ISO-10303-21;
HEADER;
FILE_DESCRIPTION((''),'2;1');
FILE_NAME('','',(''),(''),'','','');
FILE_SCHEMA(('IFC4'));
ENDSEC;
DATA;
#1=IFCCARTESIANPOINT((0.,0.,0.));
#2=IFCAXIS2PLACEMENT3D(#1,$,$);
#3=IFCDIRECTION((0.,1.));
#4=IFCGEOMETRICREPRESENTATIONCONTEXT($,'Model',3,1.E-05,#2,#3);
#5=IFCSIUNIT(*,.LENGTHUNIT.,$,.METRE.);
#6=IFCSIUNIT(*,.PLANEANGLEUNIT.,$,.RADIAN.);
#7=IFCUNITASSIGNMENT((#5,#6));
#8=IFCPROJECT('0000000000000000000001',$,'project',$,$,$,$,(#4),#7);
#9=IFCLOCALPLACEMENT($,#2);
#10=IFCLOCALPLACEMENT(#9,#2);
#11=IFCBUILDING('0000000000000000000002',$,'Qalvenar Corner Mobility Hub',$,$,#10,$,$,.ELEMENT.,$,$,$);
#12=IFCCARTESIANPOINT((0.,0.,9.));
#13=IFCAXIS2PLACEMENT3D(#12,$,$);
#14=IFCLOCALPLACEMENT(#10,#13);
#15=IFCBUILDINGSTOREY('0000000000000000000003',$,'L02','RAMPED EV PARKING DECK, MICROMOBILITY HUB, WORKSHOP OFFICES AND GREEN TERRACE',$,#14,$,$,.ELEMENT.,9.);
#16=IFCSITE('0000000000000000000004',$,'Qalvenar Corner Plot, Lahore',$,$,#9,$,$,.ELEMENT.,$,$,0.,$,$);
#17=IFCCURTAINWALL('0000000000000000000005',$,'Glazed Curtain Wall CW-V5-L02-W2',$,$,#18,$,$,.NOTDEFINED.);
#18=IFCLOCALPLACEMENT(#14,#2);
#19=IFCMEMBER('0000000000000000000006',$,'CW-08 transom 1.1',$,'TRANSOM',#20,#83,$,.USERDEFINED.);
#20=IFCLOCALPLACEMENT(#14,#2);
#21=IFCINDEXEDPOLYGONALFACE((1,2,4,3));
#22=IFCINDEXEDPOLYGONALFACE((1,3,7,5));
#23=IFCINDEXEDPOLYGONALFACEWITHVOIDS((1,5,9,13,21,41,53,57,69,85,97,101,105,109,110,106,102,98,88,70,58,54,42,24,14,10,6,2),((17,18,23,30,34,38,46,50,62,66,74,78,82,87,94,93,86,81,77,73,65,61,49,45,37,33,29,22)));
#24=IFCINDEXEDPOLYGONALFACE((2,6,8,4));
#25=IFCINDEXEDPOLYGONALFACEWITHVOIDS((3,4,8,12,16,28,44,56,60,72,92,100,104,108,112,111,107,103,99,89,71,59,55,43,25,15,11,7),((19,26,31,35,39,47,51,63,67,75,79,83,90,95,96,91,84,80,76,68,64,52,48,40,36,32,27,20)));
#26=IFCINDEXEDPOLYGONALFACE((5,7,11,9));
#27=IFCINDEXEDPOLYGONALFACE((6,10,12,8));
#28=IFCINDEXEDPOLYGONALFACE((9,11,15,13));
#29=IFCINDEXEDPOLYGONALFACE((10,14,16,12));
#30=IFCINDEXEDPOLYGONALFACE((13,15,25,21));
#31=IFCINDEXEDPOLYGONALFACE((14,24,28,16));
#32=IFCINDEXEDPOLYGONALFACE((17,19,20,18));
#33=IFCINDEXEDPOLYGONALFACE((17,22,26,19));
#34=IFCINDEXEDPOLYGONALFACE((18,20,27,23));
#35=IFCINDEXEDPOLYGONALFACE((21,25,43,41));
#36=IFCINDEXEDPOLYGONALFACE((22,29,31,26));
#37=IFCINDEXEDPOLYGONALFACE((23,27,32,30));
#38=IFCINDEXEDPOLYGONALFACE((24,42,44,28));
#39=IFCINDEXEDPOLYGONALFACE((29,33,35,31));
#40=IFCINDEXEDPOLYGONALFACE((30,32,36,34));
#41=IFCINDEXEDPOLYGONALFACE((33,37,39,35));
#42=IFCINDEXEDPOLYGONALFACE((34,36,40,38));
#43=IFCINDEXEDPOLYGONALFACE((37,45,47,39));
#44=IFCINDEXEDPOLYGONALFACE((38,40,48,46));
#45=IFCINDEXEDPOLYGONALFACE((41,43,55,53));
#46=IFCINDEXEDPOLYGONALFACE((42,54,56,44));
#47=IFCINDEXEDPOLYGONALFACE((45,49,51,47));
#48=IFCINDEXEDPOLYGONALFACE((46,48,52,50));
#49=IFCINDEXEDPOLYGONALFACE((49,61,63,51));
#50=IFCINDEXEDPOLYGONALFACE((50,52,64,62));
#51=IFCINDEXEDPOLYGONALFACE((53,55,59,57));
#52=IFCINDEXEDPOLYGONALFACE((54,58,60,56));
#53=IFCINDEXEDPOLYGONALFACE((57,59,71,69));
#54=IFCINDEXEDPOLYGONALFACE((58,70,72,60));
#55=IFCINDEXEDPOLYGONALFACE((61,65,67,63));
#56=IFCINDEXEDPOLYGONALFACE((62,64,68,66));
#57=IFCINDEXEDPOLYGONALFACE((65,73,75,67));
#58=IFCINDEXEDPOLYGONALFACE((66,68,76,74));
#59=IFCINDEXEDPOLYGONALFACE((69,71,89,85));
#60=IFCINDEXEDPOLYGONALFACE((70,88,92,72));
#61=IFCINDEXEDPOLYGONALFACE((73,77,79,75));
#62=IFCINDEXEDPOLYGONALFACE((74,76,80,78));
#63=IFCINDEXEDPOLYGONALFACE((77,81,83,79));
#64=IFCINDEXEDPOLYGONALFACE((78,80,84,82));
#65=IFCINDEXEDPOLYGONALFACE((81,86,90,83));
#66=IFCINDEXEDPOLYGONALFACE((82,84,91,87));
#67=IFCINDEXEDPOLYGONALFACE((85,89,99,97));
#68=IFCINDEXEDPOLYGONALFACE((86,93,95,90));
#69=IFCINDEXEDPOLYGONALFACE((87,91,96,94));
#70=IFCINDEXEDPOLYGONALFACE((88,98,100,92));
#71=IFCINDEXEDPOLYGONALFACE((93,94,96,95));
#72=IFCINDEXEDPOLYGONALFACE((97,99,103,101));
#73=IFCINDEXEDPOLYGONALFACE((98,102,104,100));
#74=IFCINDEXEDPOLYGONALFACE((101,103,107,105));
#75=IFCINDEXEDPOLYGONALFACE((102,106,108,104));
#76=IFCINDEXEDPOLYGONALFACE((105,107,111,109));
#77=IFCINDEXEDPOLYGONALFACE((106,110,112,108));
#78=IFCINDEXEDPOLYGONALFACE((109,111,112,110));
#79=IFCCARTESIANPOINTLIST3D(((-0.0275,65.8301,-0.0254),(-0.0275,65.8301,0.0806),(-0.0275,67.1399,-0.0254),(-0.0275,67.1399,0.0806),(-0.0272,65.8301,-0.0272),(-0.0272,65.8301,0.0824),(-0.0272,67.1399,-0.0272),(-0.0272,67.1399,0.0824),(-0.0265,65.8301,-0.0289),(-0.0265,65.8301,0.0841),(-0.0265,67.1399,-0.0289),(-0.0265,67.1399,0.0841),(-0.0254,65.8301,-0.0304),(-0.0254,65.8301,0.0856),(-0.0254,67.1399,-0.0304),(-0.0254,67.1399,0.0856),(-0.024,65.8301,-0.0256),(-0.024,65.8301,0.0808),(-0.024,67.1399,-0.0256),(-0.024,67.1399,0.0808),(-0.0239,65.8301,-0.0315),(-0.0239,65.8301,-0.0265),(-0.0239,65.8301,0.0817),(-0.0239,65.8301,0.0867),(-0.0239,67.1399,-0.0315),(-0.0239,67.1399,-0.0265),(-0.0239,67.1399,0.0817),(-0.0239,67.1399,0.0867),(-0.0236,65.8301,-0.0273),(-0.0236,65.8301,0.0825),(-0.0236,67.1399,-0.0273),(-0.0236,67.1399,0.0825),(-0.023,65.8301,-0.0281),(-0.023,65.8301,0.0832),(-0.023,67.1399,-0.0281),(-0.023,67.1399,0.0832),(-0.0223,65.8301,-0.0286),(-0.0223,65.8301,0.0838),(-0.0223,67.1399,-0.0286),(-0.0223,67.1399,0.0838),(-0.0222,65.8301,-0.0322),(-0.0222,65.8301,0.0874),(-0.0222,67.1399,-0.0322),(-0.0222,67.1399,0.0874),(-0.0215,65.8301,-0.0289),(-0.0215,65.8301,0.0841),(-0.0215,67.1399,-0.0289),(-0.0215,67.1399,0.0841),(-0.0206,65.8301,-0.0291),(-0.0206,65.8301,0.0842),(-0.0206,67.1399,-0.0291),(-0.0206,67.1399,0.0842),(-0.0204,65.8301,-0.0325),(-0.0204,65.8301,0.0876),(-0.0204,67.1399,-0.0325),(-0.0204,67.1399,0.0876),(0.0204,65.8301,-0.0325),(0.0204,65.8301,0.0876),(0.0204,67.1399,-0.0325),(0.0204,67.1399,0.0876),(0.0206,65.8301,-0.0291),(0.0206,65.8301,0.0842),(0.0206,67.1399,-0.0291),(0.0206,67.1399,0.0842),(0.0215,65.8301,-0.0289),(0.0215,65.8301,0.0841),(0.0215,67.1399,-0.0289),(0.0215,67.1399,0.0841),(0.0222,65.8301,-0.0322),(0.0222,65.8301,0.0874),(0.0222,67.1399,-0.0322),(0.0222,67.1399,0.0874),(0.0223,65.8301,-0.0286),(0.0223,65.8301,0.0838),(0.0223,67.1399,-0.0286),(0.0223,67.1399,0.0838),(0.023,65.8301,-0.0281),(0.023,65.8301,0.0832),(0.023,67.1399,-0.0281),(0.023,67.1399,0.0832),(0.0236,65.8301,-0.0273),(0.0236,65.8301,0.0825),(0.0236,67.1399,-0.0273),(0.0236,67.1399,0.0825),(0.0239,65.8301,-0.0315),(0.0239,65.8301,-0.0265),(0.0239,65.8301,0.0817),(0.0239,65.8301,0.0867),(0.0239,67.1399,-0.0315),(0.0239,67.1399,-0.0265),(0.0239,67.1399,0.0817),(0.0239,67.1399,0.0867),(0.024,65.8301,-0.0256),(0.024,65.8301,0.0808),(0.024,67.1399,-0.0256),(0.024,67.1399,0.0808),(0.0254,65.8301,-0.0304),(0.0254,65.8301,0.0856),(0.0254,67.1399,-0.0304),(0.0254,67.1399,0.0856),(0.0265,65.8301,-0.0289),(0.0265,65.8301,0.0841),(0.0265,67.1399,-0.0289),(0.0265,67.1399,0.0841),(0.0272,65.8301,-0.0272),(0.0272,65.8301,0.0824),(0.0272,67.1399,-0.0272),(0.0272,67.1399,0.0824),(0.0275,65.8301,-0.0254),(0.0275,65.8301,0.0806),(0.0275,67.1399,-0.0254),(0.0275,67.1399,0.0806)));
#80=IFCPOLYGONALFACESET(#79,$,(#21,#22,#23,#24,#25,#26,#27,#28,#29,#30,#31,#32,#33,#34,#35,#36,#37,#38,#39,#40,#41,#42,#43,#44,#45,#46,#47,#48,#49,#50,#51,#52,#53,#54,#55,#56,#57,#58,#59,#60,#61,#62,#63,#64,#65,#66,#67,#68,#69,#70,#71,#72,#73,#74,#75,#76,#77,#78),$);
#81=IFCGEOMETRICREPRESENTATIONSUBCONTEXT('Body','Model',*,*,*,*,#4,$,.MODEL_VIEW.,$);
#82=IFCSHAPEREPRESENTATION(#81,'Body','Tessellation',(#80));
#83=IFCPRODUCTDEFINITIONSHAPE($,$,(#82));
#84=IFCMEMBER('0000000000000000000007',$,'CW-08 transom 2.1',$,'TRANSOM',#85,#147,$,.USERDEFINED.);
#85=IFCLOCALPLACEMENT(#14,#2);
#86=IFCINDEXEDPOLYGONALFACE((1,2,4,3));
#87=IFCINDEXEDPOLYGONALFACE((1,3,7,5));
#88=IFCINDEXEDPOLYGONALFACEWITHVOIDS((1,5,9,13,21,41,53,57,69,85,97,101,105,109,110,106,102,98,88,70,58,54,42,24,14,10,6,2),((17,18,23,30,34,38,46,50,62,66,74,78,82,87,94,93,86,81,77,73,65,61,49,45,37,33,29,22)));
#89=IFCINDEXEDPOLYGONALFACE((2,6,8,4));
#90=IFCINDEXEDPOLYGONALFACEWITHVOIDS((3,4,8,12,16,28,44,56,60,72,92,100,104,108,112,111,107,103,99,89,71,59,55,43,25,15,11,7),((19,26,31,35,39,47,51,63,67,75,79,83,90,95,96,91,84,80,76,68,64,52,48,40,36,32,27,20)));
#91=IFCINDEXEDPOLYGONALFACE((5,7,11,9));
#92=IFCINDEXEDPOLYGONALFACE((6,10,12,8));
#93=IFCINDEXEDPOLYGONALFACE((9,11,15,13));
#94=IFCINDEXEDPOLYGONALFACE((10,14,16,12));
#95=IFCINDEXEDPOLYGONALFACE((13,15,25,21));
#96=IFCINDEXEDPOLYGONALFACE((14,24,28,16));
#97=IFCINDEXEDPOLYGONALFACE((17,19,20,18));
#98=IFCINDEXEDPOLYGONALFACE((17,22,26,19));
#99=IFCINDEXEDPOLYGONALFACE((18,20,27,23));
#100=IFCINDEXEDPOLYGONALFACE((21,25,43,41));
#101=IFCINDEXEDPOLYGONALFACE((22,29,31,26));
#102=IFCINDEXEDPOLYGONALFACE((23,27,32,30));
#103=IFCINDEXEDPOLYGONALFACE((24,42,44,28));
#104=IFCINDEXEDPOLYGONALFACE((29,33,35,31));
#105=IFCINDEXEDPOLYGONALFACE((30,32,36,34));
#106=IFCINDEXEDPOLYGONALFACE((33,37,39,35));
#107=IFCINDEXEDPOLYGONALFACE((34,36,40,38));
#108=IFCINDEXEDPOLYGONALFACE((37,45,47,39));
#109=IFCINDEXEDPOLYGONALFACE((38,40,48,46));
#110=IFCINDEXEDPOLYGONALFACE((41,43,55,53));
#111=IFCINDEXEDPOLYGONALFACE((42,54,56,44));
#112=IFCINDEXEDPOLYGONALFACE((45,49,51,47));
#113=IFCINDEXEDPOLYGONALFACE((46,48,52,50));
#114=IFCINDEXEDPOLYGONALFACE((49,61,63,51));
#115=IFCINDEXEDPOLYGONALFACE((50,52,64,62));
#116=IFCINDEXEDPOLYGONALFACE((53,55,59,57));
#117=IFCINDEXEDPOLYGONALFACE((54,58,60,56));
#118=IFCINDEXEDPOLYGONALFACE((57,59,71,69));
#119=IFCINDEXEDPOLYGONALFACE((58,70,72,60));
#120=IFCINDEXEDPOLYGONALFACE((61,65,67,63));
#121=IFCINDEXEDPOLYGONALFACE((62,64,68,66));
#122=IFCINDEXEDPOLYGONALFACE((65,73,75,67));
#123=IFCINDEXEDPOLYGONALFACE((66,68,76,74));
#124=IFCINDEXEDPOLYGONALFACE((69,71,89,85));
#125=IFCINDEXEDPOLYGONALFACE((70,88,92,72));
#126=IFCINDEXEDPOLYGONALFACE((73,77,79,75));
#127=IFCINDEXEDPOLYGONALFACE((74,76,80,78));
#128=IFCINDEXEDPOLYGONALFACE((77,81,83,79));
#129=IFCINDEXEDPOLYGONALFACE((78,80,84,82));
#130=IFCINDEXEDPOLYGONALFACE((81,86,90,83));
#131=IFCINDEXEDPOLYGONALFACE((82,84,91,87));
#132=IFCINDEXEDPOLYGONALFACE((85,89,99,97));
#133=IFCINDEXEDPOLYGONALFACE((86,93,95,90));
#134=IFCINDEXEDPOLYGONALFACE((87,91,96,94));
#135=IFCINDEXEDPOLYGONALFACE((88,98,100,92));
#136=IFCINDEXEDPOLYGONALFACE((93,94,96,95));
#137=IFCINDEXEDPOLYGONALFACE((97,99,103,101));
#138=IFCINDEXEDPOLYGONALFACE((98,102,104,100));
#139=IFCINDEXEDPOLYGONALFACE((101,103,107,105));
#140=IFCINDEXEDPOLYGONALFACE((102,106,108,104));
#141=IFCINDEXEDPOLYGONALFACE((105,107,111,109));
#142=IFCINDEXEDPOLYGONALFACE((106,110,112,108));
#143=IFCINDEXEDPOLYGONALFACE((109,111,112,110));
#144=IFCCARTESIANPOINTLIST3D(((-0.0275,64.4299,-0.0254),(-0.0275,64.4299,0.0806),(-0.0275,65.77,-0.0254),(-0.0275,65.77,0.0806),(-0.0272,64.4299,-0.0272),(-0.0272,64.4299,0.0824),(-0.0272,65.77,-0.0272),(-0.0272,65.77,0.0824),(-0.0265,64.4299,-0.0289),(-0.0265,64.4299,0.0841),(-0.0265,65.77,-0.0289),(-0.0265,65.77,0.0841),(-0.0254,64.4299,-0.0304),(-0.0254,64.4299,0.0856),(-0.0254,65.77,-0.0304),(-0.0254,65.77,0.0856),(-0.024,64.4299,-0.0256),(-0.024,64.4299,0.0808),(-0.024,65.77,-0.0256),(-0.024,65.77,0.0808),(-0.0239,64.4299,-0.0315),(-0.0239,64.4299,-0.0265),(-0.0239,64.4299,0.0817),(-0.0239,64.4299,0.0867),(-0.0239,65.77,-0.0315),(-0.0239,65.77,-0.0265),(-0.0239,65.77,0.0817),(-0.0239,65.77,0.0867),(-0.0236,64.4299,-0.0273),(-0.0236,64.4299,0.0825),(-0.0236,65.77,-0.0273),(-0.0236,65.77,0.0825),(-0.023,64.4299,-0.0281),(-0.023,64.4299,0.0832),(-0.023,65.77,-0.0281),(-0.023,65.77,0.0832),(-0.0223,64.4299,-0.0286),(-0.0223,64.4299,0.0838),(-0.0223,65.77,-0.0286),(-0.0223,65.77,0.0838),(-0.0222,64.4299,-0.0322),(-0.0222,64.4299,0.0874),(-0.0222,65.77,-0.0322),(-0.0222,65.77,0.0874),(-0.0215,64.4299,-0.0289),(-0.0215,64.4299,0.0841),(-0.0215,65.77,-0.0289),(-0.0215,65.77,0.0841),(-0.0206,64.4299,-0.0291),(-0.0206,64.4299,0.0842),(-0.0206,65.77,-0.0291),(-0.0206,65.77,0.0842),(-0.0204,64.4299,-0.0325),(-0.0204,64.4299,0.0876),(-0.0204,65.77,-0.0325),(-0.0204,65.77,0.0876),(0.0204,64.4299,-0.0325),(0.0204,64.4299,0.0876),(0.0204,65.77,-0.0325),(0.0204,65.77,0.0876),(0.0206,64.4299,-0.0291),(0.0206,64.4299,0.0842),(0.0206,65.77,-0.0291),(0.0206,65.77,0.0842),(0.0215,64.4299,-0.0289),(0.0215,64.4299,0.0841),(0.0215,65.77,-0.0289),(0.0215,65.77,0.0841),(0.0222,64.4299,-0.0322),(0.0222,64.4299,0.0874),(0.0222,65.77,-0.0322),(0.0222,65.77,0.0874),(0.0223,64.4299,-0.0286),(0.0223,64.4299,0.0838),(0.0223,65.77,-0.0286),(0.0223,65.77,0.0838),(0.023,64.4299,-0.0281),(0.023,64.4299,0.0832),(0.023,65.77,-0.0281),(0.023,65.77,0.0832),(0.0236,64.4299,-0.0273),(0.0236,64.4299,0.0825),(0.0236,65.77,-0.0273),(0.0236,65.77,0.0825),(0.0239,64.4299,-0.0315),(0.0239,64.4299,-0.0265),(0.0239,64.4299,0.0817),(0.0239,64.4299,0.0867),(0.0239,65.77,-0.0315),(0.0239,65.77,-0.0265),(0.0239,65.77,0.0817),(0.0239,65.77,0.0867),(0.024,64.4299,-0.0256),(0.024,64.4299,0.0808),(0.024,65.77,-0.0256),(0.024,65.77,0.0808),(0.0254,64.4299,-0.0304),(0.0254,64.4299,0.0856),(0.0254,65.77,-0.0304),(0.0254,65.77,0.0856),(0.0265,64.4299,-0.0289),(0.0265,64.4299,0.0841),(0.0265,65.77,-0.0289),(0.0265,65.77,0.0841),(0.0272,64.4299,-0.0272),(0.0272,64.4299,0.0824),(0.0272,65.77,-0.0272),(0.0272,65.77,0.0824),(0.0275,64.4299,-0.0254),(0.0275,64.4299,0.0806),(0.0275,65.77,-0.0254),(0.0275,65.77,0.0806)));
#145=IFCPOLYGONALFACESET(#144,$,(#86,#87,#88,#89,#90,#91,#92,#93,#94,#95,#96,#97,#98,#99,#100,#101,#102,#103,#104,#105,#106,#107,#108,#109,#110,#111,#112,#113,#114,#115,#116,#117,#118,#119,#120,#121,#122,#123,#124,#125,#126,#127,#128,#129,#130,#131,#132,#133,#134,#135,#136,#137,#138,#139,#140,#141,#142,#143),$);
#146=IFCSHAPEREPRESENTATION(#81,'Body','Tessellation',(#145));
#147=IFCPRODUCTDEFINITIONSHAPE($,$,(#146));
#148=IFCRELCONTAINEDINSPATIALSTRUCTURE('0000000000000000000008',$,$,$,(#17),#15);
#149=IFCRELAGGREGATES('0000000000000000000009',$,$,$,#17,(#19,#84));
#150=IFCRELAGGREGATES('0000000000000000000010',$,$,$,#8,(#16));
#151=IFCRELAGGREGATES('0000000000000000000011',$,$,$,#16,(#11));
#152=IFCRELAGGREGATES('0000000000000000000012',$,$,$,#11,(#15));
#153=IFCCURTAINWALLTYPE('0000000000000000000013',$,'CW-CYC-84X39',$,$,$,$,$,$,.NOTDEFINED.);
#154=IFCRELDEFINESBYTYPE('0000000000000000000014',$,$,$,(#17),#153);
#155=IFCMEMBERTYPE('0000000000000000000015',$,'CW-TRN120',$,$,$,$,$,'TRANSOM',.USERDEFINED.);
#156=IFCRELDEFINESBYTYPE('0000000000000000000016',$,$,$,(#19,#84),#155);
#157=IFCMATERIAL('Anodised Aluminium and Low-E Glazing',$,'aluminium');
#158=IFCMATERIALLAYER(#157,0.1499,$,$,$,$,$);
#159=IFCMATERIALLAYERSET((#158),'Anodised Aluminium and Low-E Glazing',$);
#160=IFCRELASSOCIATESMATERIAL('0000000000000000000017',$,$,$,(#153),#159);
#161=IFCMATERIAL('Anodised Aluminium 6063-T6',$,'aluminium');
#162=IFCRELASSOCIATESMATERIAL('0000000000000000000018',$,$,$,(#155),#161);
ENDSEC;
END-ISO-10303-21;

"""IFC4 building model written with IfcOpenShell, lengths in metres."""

from ifc_helpers import new_model, si_unit, direction, frame, origin, origin_2d, place, context, subcontext, project, spatial, hollow_rectangle, extrude, material, layer, layer_set, material_profile, profile_set, type_object, element, aggregate, save


model = new_model("IFC4")

# Units and contexts
model_context = context("Model", 3, precision=1e-05, world=origin(), true_north=direction((0.0, 1.0)))
body_context = subcontext(model_context, "Body", "Model", "MODEL_VIEW")
ifc_project = project(units=[si_unit("LENGTHUNIT", "METRE"), si_unit("PLANEANGLEUNIT", "RADIAN")], contexts=[model_context])

# Site, building, storey
site_placement = place(None, origin())
site = spatial("IfcSite", under=ifc_project, at=site_placement, Name="Qalvenar Corner Plot, Lahore", CompositionType="ELEMENT", RefElevation=0.0)
building_placement = place(site_placement, origin())
building = spatial("IfcBuilding", under=site, at=building_placement, Name="Qalvenar Corner Mobility Hub", CompositionType="ELEMENT")
storey_placement = place(building_placement, frame((0.0, 0.0, 9.0)))
storey = spatial("IfcBuildingStorey", under=building, at=storey_placement, Name="L02", Description="RAMPED EV PARKING DECK, MICROMOBILITY HUB, WORKSHOP OFFICES AND GREEN TERRACE", CompositionType="ELEMENT", Elevation=9.0)

# Curtain wall, members
ifc_material_1 = material(Name="Anodised Aluminium and Low-E Glazing", Category="aluminium")
ifc_layer_1 = layer(ifc_material_1, 0.1499)
ifc_layer_set_1 = layer_set([ifc_layer_1], Name="Anodised Aluminium and Low-E Glazing")
curtain_wall_type = type_object("IfcCurtainWallType", Name="CW-CYC-84X39", PredefinedType="NOTDEFINED", material=ifc_layer_set_1)
curtain_wall_placement = place(storey_placement, origin())
curtain_wall = element("IfcCurtainWall", 1, at=curtain_wall_placement, inside=storey, type_object=curtain_wall_type, Name="Glazed Curtain Wall CW-V5-L02-W2", PredefinedType="NOTDEFINED")
ifc_material_2 = material(Name="Anodised Aluminium 6063-T6", Category="aluminium")
ifc_material_profile_1 = material_profile(ifc_material_2, hollow_rectangle(XDim=0.0549, YDim=0.1201, WallThickness=0.0034, InnerFilletRadius=0.0034, OuterFilletRadius=0.0071, at=origin_2d()), Name="RHS120x55x3.5")
ifc_profile_set_1 = profile_set([ifc_material_profile_1], Name="Anodised Aluminium 6063-T6")
member_type_1 = type_object("IfcMemberType", Name="CW-TRN120", ElementType="TRANSOM", PredefinedType="USERDEFINED", material=ifc_profile_set_1)
member_1_placement = place(storey_placement, frame((0.0, 67.1399, 0.0276), z_axis=(0.0, -1.0, 0.0), x_axis=(1.0, 0.0, 0.0)))
member_1 = element("IfcMember", 2, at=member_1_placement, type_object=member_type_1, Name="CW-08 transom 1.1", ObjectType="TRANSOM", PredefinedType="USERDEFINED", context=body_context, shape_type="SweptSolid", body=[
    extrude(hollow_rectangle(XDim=0.0549, YDim=0.1201, WallThickness=0.0034, InnerFilletRadius=0.0034, OuterFilletRadius=0.0071, at=origin_2d()), origin(), (0.0, 0.0, 1.0), 1.3098),
])
member_2_placement = place(storey_placement, frame((0.0, 65.77, 0.0276), z_axis=(0.0, -1.0, 0.0), x_axis=(1.0, 0.0, 0.0)))
member_2 = element("IfcMember", 3, at=member_2_placement, type_object=member_type_1, Name="CW-08 transom 2.1", ObjectType="TRANSOM", PredefinedType="USERDEFINED", context=body_context, shape_type="SweptSolid", body=[
    extrude(hollow_rectangle(XDim=0.0549, YDim=0.1201, WallThickness=0.0034, InnerFilletRadius=0.0034, OuterFilletRadius=0.0071, at=origin_2d()), origin(), (0.0, 0.0, 1.0), 1.3401),
])
aggregate(curtain_wall, [member_1, member_2])

save(model, "model.ifc")
